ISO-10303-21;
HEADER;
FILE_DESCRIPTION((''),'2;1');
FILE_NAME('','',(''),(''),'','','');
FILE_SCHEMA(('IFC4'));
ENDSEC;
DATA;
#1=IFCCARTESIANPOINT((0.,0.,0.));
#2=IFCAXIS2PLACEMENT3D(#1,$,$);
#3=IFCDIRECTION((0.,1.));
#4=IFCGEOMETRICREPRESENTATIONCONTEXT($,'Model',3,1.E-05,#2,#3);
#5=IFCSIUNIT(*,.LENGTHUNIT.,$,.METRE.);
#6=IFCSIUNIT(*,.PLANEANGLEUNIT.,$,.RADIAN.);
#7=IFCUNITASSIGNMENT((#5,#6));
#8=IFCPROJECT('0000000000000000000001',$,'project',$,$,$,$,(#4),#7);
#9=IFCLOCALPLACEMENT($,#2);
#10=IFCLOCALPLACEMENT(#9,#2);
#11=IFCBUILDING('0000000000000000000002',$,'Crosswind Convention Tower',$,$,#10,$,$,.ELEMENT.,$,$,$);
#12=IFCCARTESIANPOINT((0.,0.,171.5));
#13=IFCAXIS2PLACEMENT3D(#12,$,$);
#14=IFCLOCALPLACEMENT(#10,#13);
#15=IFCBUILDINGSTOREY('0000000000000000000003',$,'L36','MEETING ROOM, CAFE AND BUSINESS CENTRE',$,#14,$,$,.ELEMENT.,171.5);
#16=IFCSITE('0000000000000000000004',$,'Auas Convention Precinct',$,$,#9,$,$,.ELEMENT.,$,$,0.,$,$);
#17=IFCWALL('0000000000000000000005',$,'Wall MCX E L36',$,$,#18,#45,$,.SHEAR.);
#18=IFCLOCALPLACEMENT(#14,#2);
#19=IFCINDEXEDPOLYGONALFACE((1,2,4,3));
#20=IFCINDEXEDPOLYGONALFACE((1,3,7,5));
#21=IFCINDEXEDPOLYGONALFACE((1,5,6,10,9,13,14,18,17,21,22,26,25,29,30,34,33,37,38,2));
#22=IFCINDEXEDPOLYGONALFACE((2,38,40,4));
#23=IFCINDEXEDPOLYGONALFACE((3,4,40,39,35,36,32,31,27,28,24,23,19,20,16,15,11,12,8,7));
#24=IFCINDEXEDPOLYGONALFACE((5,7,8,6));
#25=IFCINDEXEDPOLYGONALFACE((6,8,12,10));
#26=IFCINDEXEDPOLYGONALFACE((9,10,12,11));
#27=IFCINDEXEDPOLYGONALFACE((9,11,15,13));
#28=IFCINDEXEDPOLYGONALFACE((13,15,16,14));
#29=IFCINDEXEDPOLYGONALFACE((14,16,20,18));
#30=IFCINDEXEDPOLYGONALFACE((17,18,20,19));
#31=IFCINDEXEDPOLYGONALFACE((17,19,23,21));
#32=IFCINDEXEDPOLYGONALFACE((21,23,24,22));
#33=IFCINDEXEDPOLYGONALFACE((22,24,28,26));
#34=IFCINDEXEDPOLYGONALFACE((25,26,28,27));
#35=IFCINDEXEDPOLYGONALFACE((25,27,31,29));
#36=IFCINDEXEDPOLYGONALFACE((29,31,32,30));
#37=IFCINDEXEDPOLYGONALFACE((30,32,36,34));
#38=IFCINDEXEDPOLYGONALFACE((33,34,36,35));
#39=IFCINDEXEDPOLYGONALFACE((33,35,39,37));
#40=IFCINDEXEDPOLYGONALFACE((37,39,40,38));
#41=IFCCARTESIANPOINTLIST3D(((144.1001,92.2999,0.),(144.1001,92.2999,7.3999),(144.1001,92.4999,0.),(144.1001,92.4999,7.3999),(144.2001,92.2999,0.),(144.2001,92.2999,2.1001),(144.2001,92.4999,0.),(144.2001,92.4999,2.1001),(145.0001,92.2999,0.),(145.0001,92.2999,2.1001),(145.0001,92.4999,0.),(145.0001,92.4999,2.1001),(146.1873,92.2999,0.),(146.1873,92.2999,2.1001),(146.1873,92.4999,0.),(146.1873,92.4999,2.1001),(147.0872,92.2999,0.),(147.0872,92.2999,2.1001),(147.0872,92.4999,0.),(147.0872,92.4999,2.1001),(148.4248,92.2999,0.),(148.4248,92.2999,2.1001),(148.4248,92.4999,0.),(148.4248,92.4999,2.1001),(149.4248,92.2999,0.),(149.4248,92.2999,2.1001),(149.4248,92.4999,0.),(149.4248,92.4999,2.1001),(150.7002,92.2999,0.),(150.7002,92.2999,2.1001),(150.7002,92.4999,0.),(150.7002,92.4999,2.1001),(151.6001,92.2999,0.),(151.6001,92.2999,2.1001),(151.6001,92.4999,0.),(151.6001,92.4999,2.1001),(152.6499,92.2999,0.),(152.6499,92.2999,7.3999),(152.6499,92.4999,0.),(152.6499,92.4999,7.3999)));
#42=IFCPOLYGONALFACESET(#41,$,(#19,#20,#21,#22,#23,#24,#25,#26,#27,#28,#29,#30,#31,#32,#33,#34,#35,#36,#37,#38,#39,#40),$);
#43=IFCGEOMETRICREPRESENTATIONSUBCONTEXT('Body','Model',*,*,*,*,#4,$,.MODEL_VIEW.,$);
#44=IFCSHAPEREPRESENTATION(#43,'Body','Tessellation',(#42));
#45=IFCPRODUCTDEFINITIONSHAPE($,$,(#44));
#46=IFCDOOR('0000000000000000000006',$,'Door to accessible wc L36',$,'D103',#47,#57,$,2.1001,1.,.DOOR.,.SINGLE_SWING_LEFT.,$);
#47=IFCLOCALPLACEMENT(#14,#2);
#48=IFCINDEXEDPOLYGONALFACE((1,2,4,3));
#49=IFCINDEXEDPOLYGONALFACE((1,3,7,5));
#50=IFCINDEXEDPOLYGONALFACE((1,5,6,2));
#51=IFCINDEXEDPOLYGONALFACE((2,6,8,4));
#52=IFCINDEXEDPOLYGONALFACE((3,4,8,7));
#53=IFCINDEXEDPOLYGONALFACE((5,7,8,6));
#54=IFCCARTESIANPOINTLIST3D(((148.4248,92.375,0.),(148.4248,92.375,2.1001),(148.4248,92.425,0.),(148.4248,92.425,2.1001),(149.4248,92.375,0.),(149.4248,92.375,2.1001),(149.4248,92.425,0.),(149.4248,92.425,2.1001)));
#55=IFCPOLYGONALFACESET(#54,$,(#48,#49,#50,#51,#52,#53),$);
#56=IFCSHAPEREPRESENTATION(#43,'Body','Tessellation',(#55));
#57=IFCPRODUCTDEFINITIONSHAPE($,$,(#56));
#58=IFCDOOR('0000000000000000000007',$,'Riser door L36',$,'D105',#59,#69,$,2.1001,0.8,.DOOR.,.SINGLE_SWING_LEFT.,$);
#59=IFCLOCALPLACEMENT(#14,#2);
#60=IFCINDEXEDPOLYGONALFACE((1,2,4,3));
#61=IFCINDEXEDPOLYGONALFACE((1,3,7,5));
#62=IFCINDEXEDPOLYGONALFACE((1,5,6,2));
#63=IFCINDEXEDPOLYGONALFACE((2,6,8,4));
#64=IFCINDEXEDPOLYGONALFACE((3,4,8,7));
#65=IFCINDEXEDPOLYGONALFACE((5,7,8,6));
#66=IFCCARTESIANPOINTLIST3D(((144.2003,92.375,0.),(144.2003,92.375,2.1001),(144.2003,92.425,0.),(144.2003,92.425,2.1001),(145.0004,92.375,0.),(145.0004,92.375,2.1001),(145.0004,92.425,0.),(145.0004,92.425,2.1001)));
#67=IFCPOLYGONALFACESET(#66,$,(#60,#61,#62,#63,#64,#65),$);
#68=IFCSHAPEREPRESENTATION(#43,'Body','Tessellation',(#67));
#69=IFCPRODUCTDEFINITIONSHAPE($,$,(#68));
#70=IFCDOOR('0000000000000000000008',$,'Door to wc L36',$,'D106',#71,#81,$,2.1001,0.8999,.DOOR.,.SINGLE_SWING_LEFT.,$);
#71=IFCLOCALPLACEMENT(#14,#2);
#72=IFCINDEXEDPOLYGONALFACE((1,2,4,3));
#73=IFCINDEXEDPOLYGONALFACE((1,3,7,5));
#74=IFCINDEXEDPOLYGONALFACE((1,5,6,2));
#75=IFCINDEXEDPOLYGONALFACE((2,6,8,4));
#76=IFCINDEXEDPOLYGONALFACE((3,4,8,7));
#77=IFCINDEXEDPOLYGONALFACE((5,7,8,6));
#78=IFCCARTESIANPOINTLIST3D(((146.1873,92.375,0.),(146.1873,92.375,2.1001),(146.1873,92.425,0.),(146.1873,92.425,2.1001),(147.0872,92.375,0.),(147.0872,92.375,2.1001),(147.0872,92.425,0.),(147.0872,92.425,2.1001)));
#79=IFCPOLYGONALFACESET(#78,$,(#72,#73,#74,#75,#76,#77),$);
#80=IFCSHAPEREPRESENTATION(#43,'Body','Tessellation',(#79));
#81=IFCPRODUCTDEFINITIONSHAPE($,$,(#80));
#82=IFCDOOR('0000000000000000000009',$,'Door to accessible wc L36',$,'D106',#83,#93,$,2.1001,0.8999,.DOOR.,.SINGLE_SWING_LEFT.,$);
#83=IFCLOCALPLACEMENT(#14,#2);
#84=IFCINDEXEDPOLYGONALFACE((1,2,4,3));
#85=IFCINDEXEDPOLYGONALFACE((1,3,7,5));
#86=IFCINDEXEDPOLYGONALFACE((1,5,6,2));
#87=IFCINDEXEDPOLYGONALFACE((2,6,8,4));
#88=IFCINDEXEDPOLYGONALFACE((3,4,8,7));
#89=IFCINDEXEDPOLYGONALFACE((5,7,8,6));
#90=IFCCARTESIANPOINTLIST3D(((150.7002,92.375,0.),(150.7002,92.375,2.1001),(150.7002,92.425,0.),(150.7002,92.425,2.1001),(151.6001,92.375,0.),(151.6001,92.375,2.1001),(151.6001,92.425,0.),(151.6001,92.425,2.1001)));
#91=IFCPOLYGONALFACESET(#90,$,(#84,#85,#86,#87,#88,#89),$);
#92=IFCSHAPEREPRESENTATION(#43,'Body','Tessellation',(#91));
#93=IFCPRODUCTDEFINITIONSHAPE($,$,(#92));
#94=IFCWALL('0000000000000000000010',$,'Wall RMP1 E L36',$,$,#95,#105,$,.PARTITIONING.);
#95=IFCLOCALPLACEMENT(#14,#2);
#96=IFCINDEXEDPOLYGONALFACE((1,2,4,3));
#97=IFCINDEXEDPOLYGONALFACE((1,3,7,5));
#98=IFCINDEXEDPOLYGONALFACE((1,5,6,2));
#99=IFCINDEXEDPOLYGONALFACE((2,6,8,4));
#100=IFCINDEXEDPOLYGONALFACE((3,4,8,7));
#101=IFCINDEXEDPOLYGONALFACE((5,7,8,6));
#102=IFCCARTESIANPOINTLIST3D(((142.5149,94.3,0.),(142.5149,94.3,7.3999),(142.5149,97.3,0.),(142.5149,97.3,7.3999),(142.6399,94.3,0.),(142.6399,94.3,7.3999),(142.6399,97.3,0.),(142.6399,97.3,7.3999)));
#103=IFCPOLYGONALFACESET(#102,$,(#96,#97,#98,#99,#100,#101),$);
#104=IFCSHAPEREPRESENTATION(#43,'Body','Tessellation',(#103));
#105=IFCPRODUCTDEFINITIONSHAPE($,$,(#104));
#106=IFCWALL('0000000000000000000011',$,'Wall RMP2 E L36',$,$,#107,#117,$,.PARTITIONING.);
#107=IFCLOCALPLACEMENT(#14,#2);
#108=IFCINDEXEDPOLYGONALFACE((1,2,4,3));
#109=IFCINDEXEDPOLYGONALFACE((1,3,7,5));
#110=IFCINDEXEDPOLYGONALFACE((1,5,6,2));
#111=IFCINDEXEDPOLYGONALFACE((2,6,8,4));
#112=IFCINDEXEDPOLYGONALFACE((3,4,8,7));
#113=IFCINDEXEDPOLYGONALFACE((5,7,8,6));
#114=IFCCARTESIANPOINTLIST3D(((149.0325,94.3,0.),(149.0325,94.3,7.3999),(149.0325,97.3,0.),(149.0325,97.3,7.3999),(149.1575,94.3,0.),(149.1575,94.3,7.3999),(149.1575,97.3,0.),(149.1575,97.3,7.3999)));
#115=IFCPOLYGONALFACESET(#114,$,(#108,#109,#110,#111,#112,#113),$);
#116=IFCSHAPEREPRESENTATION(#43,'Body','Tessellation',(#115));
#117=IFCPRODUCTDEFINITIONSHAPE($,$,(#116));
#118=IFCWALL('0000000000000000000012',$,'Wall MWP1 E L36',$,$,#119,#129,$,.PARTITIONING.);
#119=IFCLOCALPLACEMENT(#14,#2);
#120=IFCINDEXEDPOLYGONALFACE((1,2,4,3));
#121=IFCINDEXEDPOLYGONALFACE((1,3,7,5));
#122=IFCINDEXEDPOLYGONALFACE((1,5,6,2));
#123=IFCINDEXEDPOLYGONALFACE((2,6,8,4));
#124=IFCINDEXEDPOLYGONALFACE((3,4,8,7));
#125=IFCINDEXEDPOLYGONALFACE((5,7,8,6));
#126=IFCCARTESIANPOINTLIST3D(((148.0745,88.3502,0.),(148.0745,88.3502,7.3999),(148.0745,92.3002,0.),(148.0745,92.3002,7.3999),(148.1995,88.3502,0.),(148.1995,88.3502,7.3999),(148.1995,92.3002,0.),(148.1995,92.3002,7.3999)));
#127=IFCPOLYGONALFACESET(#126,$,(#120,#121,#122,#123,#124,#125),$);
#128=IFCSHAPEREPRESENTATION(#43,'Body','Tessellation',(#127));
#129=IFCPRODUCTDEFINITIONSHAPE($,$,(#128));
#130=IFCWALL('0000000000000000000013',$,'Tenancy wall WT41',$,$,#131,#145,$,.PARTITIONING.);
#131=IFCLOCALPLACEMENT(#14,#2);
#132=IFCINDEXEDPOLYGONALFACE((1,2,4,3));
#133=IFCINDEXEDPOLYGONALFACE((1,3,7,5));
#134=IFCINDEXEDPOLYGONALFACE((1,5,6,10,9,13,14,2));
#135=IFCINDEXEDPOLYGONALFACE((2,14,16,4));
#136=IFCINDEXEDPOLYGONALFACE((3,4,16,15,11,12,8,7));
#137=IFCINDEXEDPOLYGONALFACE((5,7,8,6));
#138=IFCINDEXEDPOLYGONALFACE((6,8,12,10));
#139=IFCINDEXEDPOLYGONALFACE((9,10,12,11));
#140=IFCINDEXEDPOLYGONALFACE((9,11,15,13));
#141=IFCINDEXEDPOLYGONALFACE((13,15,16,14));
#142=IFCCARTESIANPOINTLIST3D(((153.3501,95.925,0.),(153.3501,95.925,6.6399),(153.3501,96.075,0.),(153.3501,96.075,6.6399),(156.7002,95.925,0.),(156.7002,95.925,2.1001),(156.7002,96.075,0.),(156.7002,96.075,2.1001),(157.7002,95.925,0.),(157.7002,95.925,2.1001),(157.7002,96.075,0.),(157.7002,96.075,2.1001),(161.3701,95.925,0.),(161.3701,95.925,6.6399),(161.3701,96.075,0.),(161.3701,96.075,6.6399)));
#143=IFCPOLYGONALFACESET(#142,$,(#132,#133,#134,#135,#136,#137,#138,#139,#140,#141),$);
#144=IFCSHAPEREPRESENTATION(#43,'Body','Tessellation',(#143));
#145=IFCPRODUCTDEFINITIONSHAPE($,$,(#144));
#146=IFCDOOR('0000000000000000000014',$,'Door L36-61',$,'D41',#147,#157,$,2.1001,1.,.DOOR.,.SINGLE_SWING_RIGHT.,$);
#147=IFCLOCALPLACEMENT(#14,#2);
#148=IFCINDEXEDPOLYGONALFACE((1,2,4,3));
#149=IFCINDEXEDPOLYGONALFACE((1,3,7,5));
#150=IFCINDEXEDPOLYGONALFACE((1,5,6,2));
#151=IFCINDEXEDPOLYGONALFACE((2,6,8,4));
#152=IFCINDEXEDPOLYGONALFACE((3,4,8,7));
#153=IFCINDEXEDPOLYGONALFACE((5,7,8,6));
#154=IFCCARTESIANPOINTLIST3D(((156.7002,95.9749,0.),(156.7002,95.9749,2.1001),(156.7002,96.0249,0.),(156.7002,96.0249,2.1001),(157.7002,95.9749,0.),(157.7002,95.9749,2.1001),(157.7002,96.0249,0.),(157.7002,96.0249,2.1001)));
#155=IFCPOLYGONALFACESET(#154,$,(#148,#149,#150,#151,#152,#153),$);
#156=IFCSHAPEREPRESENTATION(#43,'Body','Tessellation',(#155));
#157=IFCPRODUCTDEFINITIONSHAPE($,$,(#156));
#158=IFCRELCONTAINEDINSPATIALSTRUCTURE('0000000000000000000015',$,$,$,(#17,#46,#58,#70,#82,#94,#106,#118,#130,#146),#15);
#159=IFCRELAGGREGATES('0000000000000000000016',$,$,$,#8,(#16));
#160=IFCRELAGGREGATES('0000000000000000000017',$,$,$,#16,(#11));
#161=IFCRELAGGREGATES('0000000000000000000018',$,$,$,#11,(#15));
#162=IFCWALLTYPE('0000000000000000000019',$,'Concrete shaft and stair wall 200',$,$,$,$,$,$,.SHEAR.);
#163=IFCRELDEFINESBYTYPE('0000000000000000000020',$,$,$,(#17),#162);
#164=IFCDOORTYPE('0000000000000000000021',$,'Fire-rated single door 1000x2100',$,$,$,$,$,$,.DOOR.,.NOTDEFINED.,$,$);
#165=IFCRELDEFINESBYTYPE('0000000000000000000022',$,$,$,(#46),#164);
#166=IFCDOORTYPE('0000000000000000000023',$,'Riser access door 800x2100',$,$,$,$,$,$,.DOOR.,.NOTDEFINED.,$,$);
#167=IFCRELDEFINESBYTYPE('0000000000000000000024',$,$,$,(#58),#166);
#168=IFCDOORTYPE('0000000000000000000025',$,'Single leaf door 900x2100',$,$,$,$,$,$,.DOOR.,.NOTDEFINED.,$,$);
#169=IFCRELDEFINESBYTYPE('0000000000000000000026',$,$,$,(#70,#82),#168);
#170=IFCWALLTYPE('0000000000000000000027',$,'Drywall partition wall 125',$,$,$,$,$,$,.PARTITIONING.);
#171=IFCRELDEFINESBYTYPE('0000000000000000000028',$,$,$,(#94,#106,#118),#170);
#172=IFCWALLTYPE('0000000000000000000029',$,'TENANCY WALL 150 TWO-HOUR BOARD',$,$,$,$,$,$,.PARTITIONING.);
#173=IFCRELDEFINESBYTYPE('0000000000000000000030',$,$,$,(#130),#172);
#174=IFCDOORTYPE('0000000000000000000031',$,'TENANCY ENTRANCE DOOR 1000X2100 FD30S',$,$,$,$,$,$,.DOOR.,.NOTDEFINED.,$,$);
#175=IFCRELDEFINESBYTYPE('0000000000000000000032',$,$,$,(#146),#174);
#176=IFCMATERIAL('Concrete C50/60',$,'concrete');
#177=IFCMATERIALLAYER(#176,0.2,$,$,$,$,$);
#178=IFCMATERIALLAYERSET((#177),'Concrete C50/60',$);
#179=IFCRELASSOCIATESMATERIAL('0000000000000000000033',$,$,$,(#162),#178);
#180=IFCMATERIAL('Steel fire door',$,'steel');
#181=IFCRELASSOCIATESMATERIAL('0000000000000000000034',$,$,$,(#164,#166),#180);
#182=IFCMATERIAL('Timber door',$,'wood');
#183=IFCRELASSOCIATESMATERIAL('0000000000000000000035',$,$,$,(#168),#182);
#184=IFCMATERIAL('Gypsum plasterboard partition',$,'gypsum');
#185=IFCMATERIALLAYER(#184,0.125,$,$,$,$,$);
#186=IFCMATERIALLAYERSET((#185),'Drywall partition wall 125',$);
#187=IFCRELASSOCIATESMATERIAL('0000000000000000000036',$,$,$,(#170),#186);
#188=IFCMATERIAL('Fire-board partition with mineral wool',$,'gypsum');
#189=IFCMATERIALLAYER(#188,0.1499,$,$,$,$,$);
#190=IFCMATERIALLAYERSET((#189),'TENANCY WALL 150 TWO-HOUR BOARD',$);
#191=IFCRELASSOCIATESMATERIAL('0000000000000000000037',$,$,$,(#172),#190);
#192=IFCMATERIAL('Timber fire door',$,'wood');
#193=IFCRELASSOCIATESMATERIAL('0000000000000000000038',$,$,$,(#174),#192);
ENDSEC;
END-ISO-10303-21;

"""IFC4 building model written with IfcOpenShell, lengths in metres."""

from ifc_helpers import new_model, si_unit, direction, frame, frame_2d, origin, place, context, subcontext, project, spatial, rectangle, extrude, material, layer, layer_set, type_object, element, fill, save


model = new_model("IFC4")

# Units and contexts
model_context = context("Model", 3, precision=1e-05, world=origin(), true_north=direction((0.0, 1.0)))
body_context = subcontext(model_context, "Body", "Model", "MODEL_VIEW")
ifc_project = project(units=[si_unit("LENGTHUNIT", "METRE"), si_unit("PLANEANGLEUNIT", "RADIAN")], contexts=[model_context])

# Site, building, storey
site_placement = place(None, origin())
site = spatial("IfcSite", under=ifc_project, at=site_placement, Name="Auas Convention Precinct", CompositionType="ELEMENT", RefElevation=0.0)
building_placement = place(site_placement, origin())
building = spatial("IfcBuilding", under=site, at=building_placement, Name="Crosswind Convention Tower", CompositionType="ELEMENT")
storey_placement = place(building_placement, frame((0.0, 0.0, 171.5)))
storey = spatial("IfcBuildingStorey", under=building, at=storey_placement, Name="L36", Description="MEETING ROOM, CAFE AND BUSINESS CENTRE", CompositionType="ELEMENT", Elevation=171.5)

# Shared definitions
ifc_material_1 = material(Name="Concrete C50/60", Category="concrete")
ifc_layer_1 = layer(ifc_material_1, 0.2)
ifc_layer_set_1 = layer_set([ifc_layer_1], Name="Concrete C50/60")
wall_type_1 = type_object("IfcWallType", Name="Concrete shaft and stair wall 200", PredefinedType="SHEAR", material=ifc_layer_set_1)

# Wall, openings, doors
wall_1_placement = place(storey_placement, frame((144.1001, 92.3999, 0.0), z_axis=(0.0, 0.0, 1.0), x_axis=(1.0, 0.0, 0.0)))
wall_1 = element("IfcWall", 1, at=wall_1_placement, inside=storey, type_object=wall_type_1, Name="Wall MCX E L36", PredefinedType="SHEAR", context=body_context, shape_type="SweptSolid", body=[
    extrude(rectangle(XDim=8.5498, YDim=0.2, at=frame_2d((4.2749, 0.0))), origin(), (0.0, 0.0, 1.0), 7.3999),
])
opening_1_placement = place(wall_1_placement, frame((0.1001, 0.0, 0.0)))
opening_1 = element("IfcOpeningElement", 2, at=opening_1_placement, cuts=wall_1, PredefinedType="OPENING", context=body_context, shape_type="SweptSolid", body=[
    extrude(rectangle(XDim=0.8, YDim=2.1001, at=frame_2d((0.3999, 1.05))), frame((0.0, 0.1099, 0.0), z_axis=(0.0, -1.0, 0.0), x_axis=(1.0, 0.0, 0.0)), (0.0, 0.0, 1.0), 0.22),
])
opening_2_placement = place(wall_1_placement, frame((2.0872, 0.0, 0.0)))
opening_2 = element("IfcOpeningElement", 3, at=opening_2_placement, cuts=wall_1, PredefinedType="OPENING", context=body_context, shape_type="SweptSolid", body=[
    extrude(rectangle(XDim=0.8999, YDim=2.1001, at=frame_2d((0.45, 1.05))), frame((0.0, 0.1099, 0.0), z_axis=(0.0, -1.0, 0.0), x_axis=(1.0, 0.0, 0.0)), (0.0, 0.0, 1.0), 0.22),
])
opening_3_placement = place(wall_1_placement, frame((4.3247, 0.0, 0.0)))
opening_3 = element("IfcOpeningElement", 4, at=opening_3_placement, cuts=wall_1, PredefinedType="OPENING", context=body_context, shape_type="SweptSolid", body=[
    extrude(rectangle(XDim=1.0, YDim=2.1001, at=frame_2d((0.5, 1.05))), frame((0.0, 0.1099, 0.0), z_axis=(0.0, -1.0, 0.0), x_axis=(1.0, 0.0, 0.0)), (0.0, 0.0, 1.0), 0.22),
])
opening_4_placement = place(wall_1_placement, frame((6.6001, 0.0, 0.0)))
opening_4 = element("IfcOpeningElement", 5, at=opening_4_placement, cuts=wall_1, PredefinedType="OPENING", context=body_context, shape_type="SweptSolid", body=[
    extrude(rectangle(XDim=0.8999, YDim=2.1001, at=frame_2d((0.45, 1.05))), frame((0.0, 0.1099, 0.0), z_axis=(0.0, -1.0, 0.0), x_axis=(1.0, 0.0, 0.0)), (0.0, 0.0, 1.0), 0.22),
])
ifc_material_2 = material(Name="Steel fire door", Category="steel")
door_type_1 = type_object("IfcDoorType", Name="Fire-rated single door 1000x2100", OperationType="NOTDEFINED", PredefinedType="DOOR", material=ifc_material_2)
door_1_placement = place(opening_3_placement, frame((1.0, 0.0, 0.0), z_axis=(0.0, 0.0, 1.0), x_axis=(-1.0, 0.0, 0.0)))
door_1 = element("IfcDoor", 6, at=door_1_placement, inside=storey, type_object=door_type_1, Name="Door to accessible wc L36", ObjectType="D103", OperationType="SINGLE_SWING_LEFT", OverallHeight=2.1001, OverallWidth=1.0, PredefinedType="DOOR", context=body_context, shape_type="SweptSolid", body=[
    extrude(rectangle(XDim=1.0, YDim=2.1001, at=frame_2d((0.5, 1.05))), frame((0.0, 0.0249, 0.0), z_axis=(0.0, -1.0, 0.0), x_axis=(1.0, 0.0, 0.0)), (0.0, 0.0, 1.0), 0.05),
])
fill(opening_3, door_1)
door_type_2 = type_object("IfcDoorType", Name="Riser access door 800x2100", OperationType="NOTDEFINED", PredefinedType="DOOR", material=ifc_material_2)
door_2_placement = place(opening_1_placement, frame((0.8, 0.0, 0.0), z_axis=(0.0, 0.0, 1.0), x_axis=(-1.0, 0.0, 0.0)))
door_2 = element("IfcDoor", 7, at=door_2_placement, inside=storey, type_object=door_type_2, Name="Riser door L36", ObjectType="D105", OperationType="SINGLE_SWING_LEFT", OverallHeight=2.1001, OverallWidth=0.8, PredefinedType="DOOR", context=body_context, shape_type="SweptSolid", body=[
    extrude(rectangle(XDim=0.8, YDim=2.1001, at=frame_2d((0.3999, 1.05))), frame((0.0, 0.0249, 0.0), z_axis=(0.0, -1.0, 0.0), x_axis=(1.0, 0.0, 0.0)), (0.0, 0.0, 1.0), 0.05),
])
fill(opening_1, door_2)
ifc_material_3 = material(Name="Timber door", Category="wood")
door_type_3 = type_object("IfcDoorType", Name="Single leaf door 900x2100", OperationType="NOTDEFINED", PredefinedType="DOOR", material=ifc_material_3)
door_3_placement = place(opening_2_placement, frame((0.8999, 0.0, 0.0), z_axis=(0.0, 0.0, 1.0), x_axis=(-1.0, 0.0, 0.0)))
door_3 = element("IfcDoor", 8, at=door_3_placement, inside=storey, type_object=door_type_3, Name="Door to wc L36", ObjectType="D106", OperationType="SINGLE_SWING_LEFT", OverallHeight=2.1001, OverallWidth=0.8999, PredefinedType="DOOR", context=body_context, shape_type="SweptSolid", body=[
    extrude(rectangle(XDim=0.8999, YDim=2.1001, at=frame_2d((0.45, 1.05))), frame((0.0, 0.0249, 0.0), z_axis=(0.0, -1.0, 0.0), x_axis=(1.0, 0.0, 0.0)), (0.0, 0.0, 1.0), 0.05),
])
fill(opening_2, door_3)
door_4_placement = place(opening_4_placement, frame((0.8999, 0.0, 0.0), z_axis=(0.0, 0.0, 1.0), x_axis=(-1.0, 0.0, 0.0)))
door_4 = element("IfcDoor", 9, at=door_4_placement, inside=storey, type_object=door_type_3, Name="Door to accessible wc L36", ObjectType="D106", OperationType="SINGLE_SWING_LEFT", OverallHeight=2.1001, OverallWidth=0.8999, PredefinedType="DOOR", context=body_context, shape_type="SweptSolid", body=[
    extrude(rectangle(XDim=0.8999, YDim=2.1001, at=frame_2d((0.45, 1.05))), frame((0.0, 0.0249, 0.0), z_axis=(0.0, -1.0, 0.0), x_axis=(1.0, 0.0, 0.0)), (0.0, 0.0, 1.0), 0.05),
])
fill(opening_4, door_4)

# Walls
ifc_material_4 = material(Name="Gypsum plasterboard partition", Category="gypsum")
ifc_layer_2 = layer(ifc_material_4, 0.125)
ifc_layer_set_2 = layer_set([ifc_layer_2], Name="Drywall partition wall 125")
wall_type_2 = type_object("IfcWallType", Name="Drywall partition wall 125", PredefinedType="PARTITIONING", material=ifc_layer_set_2)
for number, where, z_axis, x_axis, name in (
    (10, (142.5774, 94.3, 0.0), (0.0, 0.0, 1.0), (0.0, 1.0, 0.0), "Wall RMP1 E L36"),
    (11, (149.095, 94.3, 0.0), (0.0, 0.0, 1.0), (0.0, 1.0, 0.0), "Wall RMP2 E L36"),
):
    element("IfcWall", number, at=place(storey_placement, frame(where, z_axis=z_axis, x_axis=x_axis)), inside=storey, type_object=wall_type_2, Name=name, PredefinedType="PARTITIONING", context=body_context, shape_type="SweptSolid", body=[
        extrude(rectangle(XDim=3.0, YDim=0.125, at=frame_2d((1.5, 0.0))), origin(), (0.0, 0.0, 1.0), 7.3999),
    ])
wall_2_placement = place(storey_placement, frame((148.137, 88.3501, 0.0), z_axis=(0.0, 0.0, 1.0), x_axis=(0.0, 1.0, 0.0)))
element("IfcWall", 12, at=wall_2_placement, inside=storey, type_object=wall_type_2, Name="Wall MWP1 E L36", PredefinedType="PARTITIONING", context=body_context, shape_type="SweptSolid", body=[
    extrude(rectangle(XDim=3.95, YDim=0.125, at=frame_2d((1.9751, 0.0))), origin(), (0.0, 0.0, 1.0), 7.3999),
])

# Wall, opening, door
ifc_material_5 = material(Name="Fire-board partition with mineral wool", Category="gypsum")
ifc_layer_3 = layer(ifc_material_5, 0.1499)
ifc_layer_set_3 = layer_set([ifc_layer_3], Name="TENANCY WALL 150 TWO-HOUR BOARD")
wall_type_3 = type_object("IfcWallType", Name="TENANCY WALL 150 TWO-HOUR BOARD", PredefinedType="PARTITIONING", material=ifc_layer_set_3)
wall_3_placement = place(storey_placement, frame((153.3501, 96.0, 0.0), z_axis=(0.0, 0.0, 1.0), x_axis=(1.0, 0.0, 0.0)))
wall_3 = element("IfcWall", 13, at=wall_3_placement, inside=storey, type_object=wall_type_3, Name="Tenancy wall WT41", PredefinedType="PARTITIONING", context=body_context, shape_type="SweptSolid", body=[
    extrude(rectangle(XDim=8.02, YDim=0.1499, at=frame_2d((4.01, 0.0))), origin(), (0.0, 0.0, 1.0), 6.6399),
])
opening_5_placement = place(wall_3_placement, frame((3.3501, 0.0, 0.0)))
opening_5 = element("IfcOpeningElement", 14, at=opening_5_placement, cuts=wall_3, PredefinedType="OPENING", context=body_context, shape_type="SweptSolid", body=[
    extrude(rectangle(XDim=1.0, YDim=2.1001, at=frame_2d((0.5, 1.05))), frame((0.0, 0.085, 0.0), z_axis=(0.0, -1.0, 0.0), x_axis=(1.0, 0.0, 0.0)), (0.0, 0.0, 1.0), 0.1699),
])
ifc_material_6 = material(Name="Timber fire door", Category="wood")
door_type_4 = type_object("IfcDoorType", Name="TENANCY ENTRANCE DOOR 1000X2100 FD30S", OperationType="NOTDEFINED", PredefinedType="DOOR", material=ifc_material_6)
door_5_placement = place(opening_5_placement, origin())
door_5 = element("IfcDoor", 15, at=door_5_placement, inside=storey, type_object=door_type_4, Name="Door L36-61", ObjectType="D41", OperationType="SINGLE_SWING_RIGHT", OverallHeight=2.1001, OverallWidth=1.0, PredefinedType="DOOR", context=body_context, shape_type="SweptSolid", body=[
    extrude(rectangle(XDim=1.0, YDim=2.1001, at=frame_2d((0.5, 1.05))), frame((0.0, 0.0249, 0.0), z_axis=(0.0, -1.0, 0.0), x_axis=(1.0, 0.0, 0.0)), (0.0, 0.0, 1.0), 0.05),
])
fill(opening_5, door_5)

save(model, "model.ifc")
